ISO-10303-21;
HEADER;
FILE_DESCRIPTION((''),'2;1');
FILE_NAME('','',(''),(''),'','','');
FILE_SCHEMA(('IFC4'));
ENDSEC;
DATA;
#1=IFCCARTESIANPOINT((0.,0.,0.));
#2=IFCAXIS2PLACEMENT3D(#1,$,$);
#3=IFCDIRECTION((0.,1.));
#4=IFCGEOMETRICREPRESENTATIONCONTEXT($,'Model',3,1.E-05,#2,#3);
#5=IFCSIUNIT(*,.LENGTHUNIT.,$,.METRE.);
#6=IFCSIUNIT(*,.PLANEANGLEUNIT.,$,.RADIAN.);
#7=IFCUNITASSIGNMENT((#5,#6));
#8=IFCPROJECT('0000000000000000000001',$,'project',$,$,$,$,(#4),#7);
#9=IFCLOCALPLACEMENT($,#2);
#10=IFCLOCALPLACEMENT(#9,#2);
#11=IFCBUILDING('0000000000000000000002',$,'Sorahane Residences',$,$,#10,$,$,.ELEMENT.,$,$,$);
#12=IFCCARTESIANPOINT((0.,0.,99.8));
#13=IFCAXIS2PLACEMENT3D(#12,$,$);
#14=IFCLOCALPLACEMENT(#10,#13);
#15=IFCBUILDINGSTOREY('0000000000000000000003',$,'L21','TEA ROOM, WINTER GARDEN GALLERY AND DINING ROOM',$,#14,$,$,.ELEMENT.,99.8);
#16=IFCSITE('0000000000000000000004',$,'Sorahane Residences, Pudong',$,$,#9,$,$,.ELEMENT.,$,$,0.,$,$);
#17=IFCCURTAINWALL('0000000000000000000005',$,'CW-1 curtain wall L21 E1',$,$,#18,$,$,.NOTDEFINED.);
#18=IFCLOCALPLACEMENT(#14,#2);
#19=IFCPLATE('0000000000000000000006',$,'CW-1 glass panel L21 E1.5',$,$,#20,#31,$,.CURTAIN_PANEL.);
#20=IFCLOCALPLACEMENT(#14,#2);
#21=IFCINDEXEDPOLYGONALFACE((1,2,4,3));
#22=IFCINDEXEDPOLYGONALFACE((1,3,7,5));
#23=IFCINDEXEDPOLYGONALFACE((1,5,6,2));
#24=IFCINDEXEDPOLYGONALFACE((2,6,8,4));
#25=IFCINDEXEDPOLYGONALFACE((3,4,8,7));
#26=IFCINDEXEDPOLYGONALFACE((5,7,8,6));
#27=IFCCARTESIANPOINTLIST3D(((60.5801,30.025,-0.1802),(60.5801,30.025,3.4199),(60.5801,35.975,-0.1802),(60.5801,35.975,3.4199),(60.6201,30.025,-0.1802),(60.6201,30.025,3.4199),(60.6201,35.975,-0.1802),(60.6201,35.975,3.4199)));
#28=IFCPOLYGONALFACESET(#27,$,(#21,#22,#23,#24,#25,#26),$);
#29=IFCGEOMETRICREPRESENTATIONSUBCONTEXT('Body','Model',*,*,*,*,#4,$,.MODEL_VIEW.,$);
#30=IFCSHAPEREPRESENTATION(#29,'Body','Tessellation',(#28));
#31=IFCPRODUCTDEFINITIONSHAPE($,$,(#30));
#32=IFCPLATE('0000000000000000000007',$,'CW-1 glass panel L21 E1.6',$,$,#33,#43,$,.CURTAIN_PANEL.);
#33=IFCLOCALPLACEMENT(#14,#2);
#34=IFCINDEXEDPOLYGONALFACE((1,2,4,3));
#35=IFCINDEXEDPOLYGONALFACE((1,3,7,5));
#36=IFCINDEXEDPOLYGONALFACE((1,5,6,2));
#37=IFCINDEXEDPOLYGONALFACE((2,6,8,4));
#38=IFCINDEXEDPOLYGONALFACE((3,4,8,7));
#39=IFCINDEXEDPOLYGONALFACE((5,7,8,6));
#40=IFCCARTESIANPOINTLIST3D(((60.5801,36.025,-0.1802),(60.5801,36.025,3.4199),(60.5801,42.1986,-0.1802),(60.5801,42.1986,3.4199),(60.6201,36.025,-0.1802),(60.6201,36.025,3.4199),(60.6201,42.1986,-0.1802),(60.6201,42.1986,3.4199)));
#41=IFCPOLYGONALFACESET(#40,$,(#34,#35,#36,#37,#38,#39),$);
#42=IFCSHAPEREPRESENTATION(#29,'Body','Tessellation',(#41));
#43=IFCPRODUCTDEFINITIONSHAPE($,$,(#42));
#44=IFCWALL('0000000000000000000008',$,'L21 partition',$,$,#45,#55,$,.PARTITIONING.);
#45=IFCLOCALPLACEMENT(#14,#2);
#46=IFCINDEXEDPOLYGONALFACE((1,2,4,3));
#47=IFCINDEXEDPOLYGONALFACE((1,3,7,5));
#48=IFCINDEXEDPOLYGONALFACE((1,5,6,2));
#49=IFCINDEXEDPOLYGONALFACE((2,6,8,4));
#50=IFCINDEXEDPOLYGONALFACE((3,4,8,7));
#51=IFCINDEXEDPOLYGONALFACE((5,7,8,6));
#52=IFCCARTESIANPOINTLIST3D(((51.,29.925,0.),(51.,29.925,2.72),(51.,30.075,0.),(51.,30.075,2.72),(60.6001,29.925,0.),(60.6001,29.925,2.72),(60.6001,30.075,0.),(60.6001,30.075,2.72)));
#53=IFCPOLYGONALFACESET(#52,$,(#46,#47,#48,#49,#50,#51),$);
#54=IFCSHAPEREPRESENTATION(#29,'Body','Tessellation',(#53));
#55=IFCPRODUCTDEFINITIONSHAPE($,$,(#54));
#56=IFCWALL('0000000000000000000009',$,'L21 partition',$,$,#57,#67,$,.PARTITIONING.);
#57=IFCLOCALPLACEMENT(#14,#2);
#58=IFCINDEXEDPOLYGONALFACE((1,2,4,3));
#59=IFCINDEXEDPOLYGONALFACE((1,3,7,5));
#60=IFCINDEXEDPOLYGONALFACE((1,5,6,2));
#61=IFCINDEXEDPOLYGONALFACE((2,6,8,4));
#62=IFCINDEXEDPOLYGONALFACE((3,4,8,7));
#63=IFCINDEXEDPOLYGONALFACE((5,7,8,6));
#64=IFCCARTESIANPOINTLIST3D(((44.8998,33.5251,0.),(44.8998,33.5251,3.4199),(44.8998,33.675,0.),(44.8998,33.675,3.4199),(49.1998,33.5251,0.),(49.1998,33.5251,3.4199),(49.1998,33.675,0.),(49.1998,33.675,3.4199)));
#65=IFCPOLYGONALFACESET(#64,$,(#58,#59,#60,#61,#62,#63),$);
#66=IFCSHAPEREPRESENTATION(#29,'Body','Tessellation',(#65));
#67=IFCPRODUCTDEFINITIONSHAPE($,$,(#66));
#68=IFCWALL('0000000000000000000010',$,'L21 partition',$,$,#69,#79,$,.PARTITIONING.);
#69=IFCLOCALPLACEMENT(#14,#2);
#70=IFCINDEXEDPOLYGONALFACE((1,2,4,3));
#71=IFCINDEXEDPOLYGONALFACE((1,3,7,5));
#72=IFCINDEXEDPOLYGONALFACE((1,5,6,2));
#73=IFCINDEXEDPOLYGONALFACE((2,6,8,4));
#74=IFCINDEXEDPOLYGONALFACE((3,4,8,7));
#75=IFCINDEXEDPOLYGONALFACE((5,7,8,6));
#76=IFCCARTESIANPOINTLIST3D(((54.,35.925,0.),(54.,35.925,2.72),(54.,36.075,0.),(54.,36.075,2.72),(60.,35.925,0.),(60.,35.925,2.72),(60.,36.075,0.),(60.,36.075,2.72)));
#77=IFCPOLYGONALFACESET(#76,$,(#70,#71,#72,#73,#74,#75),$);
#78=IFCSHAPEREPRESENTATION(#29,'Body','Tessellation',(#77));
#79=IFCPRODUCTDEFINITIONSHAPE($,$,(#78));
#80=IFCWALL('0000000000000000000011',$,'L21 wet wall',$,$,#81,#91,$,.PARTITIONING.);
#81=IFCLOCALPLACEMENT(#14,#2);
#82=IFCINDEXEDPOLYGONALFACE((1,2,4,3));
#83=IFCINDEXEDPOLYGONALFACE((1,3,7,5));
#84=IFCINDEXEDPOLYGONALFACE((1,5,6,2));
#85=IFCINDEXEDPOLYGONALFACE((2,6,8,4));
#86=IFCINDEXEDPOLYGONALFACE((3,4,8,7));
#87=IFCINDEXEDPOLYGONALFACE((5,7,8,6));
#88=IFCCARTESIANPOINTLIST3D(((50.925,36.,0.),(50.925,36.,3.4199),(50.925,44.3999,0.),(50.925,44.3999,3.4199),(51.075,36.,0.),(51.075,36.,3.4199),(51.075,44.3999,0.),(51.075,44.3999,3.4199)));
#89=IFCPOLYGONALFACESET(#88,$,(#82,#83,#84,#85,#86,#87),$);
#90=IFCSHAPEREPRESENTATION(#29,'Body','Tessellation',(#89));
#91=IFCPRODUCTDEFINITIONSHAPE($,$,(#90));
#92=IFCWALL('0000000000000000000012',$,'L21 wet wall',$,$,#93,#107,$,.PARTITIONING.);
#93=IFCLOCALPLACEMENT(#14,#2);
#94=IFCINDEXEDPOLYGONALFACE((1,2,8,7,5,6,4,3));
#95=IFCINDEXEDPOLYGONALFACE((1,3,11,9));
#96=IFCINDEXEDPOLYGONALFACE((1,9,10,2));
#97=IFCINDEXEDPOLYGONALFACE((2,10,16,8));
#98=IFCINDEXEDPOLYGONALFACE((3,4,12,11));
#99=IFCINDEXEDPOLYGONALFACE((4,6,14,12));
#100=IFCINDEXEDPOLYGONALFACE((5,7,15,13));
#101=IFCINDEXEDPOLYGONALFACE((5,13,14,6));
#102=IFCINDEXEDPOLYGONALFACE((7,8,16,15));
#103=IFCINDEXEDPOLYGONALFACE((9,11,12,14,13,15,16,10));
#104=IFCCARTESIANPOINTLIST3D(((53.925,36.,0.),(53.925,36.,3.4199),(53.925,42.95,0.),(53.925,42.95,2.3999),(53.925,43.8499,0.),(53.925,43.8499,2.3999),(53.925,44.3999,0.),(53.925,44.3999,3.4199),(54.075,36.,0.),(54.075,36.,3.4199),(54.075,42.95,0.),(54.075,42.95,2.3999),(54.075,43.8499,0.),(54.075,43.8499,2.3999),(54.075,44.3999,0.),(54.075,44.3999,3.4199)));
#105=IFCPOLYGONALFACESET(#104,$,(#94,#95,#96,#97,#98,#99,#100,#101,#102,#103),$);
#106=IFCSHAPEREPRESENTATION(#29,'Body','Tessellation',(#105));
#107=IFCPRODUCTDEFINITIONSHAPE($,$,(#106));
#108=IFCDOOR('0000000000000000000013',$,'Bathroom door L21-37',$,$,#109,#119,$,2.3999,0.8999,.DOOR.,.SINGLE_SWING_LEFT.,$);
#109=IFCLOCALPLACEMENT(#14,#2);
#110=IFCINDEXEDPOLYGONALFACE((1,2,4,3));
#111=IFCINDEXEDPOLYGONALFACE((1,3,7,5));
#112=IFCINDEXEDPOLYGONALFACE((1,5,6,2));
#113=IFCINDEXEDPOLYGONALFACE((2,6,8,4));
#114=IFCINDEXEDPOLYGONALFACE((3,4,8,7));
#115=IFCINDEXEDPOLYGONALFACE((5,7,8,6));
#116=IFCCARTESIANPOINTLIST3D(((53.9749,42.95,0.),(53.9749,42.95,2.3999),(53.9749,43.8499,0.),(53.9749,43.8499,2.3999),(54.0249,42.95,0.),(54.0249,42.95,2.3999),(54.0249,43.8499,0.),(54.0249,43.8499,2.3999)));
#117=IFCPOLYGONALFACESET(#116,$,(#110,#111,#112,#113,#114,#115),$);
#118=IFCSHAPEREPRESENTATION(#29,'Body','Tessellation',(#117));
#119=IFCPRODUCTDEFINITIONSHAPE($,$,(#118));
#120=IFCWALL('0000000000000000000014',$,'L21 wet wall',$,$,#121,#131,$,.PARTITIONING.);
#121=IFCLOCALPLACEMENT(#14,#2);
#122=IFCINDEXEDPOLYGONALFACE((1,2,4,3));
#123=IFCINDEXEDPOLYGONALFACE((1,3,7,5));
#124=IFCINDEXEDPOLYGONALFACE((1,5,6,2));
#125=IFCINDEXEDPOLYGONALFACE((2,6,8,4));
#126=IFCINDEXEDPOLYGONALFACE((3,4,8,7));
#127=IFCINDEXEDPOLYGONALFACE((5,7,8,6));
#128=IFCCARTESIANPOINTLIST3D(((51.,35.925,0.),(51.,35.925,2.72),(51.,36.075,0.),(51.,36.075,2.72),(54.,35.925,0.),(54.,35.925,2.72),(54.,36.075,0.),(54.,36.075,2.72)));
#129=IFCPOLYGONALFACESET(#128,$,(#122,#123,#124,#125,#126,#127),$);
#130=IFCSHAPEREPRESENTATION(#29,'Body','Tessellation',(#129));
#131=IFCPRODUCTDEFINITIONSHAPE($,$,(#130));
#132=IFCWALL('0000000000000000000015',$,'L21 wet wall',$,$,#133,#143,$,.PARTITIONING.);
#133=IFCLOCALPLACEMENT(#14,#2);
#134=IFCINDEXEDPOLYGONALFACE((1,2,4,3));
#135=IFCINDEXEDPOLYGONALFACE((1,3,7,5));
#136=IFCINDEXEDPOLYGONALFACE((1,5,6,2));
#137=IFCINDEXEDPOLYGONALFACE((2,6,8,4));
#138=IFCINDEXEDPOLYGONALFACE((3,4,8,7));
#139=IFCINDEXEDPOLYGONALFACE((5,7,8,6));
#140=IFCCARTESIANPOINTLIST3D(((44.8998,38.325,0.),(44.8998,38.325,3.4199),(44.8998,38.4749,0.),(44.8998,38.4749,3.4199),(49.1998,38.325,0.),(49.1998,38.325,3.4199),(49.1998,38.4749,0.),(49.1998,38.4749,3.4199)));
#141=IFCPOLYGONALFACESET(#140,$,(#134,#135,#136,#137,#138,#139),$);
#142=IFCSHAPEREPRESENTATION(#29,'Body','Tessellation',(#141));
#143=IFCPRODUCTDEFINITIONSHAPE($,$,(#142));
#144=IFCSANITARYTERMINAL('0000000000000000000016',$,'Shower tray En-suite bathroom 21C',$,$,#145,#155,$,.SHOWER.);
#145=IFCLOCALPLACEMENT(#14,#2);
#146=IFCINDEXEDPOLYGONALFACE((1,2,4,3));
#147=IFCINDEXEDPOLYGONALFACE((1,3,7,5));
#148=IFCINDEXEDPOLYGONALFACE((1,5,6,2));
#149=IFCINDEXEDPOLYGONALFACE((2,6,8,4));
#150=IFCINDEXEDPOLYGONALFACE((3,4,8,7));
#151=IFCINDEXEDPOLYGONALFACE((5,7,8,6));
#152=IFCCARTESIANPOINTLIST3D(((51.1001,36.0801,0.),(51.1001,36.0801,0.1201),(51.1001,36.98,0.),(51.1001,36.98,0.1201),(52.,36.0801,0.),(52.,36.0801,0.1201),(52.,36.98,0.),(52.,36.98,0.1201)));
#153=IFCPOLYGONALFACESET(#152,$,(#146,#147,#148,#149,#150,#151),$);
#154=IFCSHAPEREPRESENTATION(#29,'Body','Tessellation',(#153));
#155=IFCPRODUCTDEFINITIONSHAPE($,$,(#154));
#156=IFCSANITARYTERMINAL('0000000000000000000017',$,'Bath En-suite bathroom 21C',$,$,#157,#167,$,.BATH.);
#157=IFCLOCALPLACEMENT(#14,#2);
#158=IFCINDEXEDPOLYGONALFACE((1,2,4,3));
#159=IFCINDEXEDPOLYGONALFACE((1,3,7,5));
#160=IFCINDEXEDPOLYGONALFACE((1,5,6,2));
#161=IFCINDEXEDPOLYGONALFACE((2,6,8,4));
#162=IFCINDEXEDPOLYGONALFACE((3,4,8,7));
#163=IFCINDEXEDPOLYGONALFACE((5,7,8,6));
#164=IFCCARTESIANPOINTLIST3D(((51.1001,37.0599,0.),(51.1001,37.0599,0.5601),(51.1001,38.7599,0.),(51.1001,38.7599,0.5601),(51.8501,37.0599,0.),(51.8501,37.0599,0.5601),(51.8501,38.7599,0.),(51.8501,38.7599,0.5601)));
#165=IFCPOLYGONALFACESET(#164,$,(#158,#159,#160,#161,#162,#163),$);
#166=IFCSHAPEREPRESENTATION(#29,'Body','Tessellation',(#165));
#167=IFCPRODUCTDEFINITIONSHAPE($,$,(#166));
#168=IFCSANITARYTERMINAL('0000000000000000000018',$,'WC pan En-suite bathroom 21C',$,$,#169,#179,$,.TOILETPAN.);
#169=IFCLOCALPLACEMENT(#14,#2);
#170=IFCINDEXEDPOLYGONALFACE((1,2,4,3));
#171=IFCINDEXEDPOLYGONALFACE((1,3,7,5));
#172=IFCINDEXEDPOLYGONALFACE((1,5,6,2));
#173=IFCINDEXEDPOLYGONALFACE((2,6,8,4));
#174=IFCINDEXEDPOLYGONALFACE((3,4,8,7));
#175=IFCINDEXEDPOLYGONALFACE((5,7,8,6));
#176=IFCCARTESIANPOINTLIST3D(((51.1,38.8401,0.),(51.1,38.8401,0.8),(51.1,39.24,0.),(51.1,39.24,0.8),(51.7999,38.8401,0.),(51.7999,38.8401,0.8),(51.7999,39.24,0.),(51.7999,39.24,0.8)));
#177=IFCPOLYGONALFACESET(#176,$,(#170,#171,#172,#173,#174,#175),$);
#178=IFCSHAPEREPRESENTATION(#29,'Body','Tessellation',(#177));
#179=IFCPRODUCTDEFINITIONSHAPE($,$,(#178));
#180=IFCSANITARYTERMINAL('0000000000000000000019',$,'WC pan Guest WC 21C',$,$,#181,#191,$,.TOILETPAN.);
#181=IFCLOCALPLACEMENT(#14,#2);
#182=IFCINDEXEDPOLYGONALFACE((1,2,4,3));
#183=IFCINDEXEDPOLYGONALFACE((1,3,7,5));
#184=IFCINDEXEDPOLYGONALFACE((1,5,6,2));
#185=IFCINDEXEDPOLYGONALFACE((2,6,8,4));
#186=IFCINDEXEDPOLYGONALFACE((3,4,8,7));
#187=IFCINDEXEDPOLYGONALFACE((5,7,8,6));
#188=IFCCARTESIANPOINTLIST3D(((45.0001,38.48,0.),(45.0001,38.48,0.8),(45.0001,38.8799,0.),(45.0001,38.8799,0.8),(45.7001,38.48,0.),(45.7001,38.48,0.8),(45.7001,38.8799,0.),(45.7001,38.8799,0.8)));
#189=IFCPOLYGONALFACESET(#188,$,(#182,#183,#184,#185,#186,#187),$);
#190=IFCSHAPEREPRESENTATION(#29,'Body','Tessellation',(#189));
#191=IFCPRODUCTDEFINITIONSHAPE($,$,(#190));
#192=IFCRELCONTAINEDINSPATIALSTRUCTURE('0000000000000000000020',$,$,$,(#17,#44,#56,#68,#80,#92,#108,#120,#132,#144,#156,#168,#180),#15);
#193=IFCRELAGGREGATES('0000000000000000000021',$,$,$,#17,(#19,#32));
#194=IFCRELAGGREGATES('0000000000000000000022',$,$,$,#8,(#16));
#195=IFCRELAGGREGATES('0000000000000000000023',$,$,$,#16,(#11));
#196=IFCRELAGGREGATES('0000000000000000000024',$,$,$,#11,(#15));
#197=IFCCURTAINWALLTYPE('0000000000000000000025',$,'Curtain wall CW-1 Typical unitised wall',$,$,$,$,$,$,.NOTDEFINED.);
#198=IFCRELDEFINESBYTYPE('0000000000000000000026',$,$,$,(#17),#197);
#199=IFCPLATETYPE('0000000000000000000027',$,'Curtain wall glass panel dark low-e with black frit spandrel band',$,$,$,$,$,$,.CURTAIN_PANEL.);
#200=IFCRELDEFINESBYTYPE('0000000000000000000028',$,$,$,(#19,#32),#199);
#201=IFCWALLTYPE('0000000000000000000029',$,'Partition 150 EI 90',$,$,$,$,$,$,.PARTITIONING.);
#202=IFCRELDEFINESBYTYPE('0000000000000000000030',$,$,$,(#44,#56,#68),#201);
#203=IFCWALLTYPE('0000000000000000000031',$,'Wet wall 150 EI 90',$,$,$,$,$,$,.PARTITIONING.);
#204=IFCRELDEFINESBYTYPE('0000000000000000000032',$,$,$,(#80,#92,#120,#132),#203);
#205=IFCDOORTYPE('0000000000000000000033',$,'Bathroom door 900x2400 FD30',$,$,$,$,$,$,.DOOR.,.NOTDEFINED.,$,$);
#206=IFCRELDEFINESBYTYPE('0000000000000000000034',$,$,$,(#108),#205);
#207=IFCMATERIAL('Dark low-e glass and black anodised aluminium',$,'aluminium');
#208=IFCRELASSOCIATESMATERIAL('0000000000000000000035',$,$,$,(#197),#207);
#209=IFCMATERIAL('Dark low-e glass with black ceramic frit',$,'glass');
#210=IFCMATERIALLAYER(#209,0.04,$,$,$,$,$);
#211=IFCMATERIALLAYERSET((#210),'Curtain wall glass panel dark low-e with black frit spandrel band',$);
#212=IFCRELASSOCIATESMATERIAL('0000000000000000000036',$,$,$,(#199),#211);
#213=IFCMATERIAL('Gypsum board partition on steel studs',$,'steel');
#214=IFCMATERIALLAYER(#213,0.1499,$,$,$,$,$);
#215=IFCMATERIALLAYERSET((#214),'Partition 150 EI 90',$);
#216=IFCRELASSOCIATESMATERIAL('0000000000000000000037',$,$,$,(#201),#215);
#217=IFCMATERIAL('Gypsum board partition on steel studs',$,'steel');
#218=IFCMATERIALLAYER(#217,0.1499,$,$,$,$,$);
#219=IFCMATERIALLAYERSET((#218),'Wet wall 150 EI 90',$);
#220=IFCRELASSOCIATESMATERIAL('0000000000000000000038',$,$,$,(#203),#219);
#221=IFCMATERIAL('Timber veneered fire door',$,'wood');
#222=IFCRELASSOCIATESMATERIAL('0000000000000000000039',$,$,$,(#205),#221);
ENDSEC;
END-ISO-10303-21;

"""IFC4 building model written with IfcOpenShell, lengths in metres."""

from ifc_helpers import new_model, si_unit, direction, frame, frame_2d, origin, origin_2d, place, context, subcontext, project, spatial, rectangle, extrude, material, layer, layer_set, type_object, element, fill, aggregate, save


model = new_model("IFC4")

# Units and contexts
model_context = context("Model", 3, precision=1e-05, world=origin(), true_north=direction((0.0, 1.0)))
body_context = subcontext(model_context, "Body", "Model", "MODEL_VIEW")
ifc_project = project(units=[si_unit("LENGTHUNIT", "METRE"), si_unit("PLANEANGLEUNIT", "RADIAN")], contexts=[model_context])

# Site, building, storey
site_placement = place(None, origin())
site = spatial("IfcSite", under=ifc_project, at=site_placement, Name="Sorahane Residences, Pudong", CompositionType="ELEMENT", RefElevation=0.0)
building_placement = place(site_placement, origin())
building = spatial("IfcBuilding", under=site, at=building_placement, Name="Sorahane Residences", CompositionType="ELEMENT")
storey_placement = place(building_placement, frame((0.0, 0.0, 99.8)))
storey = spatial("IfcBuildingStorey", under=building, at=storey_placement, Name="L21", Description="TEA ROOM, WINTER GARDEN GALLERY AND DINING ROOM", CompositionType="ELEMENT", Elevation=99.8)

# Curtain wall
ifc_material_1 = material(Name="Dark low-e glass and black anodised aluminium", Category="aluminium")
curtain_wall_type = type_object("IfcCurtainWallType", Name="Curtain wall CW-1 Typical unitised wall", PredefinedType="NOTDEFINED", material=ifc_material_1)
curtain_wall_placement = place(storey_placement, origin())
curtain_wall = element("IfcCurtainWall", 1, at=curtain_wall_placement, inside=storey, type_object=curtain_wall_type, Name="CW-1 curtain wall L21 E1", PredefinedType="NOTDEFINED")

# Plates
ifc_material_2 = material(Name="Dark low-e glass with black ceramic frit", Category="glass")
ifc_layer_1 = layer(ifc_material_2, 0.04)
ifc_layer_set_1 = layer_set([ifc_layer_1], Name="Curtain wall glass panel dark low-e with black frit spandrel band")
plate_type = type_object("IfcPlateType", Name="Curtain wall glass panel dark low-e with black frit spandrel band", PredefinedType="CURTAIN_PANEL", material=ifc_layer_set_1)
plate_1_placement = place(storey_placement, frame((60.6001, 33.0, -0.1802), z_axis=(0.0, 0.0, 1.0), x_axis=(0.0, 1.0, 0.0)))
plate_1 = element("IfcPlate", 2, at=plate_1_placement, type_object=plate_type, Name="CW-1 glass panel L21 E1.5", PredefinedType="CURTAIN_PANEL", context=body_context, shape_type="SweptSolid", body=[
    extrude(rectangle(XDim=5.95, YDim=0.04, at=origin_2d()), origin(), (0.0, 0.0, 1.0), 3.6001),
])
plate_2_placement = place(storey_placement, frame((60.6001, 39.1118, -0.1802), z_axis=(0.0, 0.0, 1.0), x_axis=(0.0, 1.0, 0.0)))
plate_2 = element("IfcPlate", 3, at=plate_2_placement, type_object=plate_type, Name="CW-1 glass panel L21 E1.6", PredefinedType="CURTAIN_PANEL", context=body_context, shape_type="SweptSolid", body=[
    extrude(rectangle(XDim=6.1736, YDim=0.04, at=origin_2d()), origin(), (0.0, 0.0, 1.0), 3.6001),
])
aggregate(curtain_wall, [plate_1, plate_2])

# Walls
ifc_material_3 = material(Name="Gypsum board partition on steel studs", Category="steel")
ifc_layer_2 = layer(ifc_material_3, 0.1499)
ifc_layer_set_2 = layer_set([ifc_layer_2], Name="Partition 150 EI 90")
wall_type_1 = type_object("IfcWallType", Name="Partition 150 EI 90", PredefinedType="PARTITIONING", material=ifc_layer_set_2)
wall_1_placement = place(storey_placement, frame((51.0, 30.0, 0.0), z_axis=(0.0, 0.0, 1.0), x_axis=(1.0, 0.0, 0.0)))
element("IfcWall", 4, at=wall_1_placement, inside=storey, type_object=wall_type_1, Name="L21 partition", PredefinedType="PARTITIONING", context=body_context, shape_type="SweptSolid", body=[
    extrude(rectangle(XDim=9.6001, YDim=0.1499, at=frame_2d((4.8, 0.0))), origin(), (0.0, 0.0, 1.0), 2.72),
])
wall_2_placement = place(storey_placement, frame((44.8999, 33.6001, 0.0), z_axis=(0.0, 0.0, 1.0), x_axis=(1.0, 0.0, 0.0)))
element("IfcWall", 5, at=wall_2_placement, inside=storey, type_object=wall_type_1, Name="L21 partition", PredefinedType="PARTITIONING", context=body_context, shape_type="SweptSolid", body=[
    extrude(rectangle(XDim=4.3, YDim=0.1499, at=frame_2d((2.1499, 0.0))), origin(), (0.0, 0.0, 1.0), 3.4199),
])
wall_3_placement = place(storey_placement, frame((54.0, 36.0, 0.0), z_axis=(0.0, 0.0, 1.0), x_axis=(1.0, 0.0, 0.0)))
element("IfcWall", 6, at=wall_3_placement, inside=storey, type_object=wall_type_1, Name="L21 partition", PredefinedType="PARTITIONING", context=body_context, shape_type="SweptSolid", body=[
    extrude(rectangle(XDim=6.0, YDim=0.1499, at=frame_2d((3.0, 0.0))), origin(), (0.0, 0.0, 1.0), 2.72),
])

# Shared definitions
ifc_material_4 = material(Name="Gypsum board partition on steel studs", Category="steel")
ifc_layer_3 = layer(ifc_material_4, 0.1499)
ifc_layer_set_3 = layer_set([ifc_layer_3], Name="Wet wall 150 EI 90")
wall_type_2 = type_object("IfcWallType", Name="Wet wall 150 EI 90", PredefinedType="PARTITIONING", material=ifc_layer_set_3)
ifc_material_5 = material(Name="Timber veneered fire door", Category="wood")
door_type = type_object("IfcDoorType", Name="Bathroom door 900x2400 FD30", OperationType="NOTDEFINED", PredefinedType="DOOR", material=ifc_material_5)

# Wall
wall_4_placement = place(storey_placement, frame((51.0, 36.0, 0.0), z_axis=(0.0, 0.0, 1.0), x_axis=(0.0, 1.0, 0.0)))
element("IfcWall", 7, at=wall_4_placement, inside=storey, type_object=wall_type_2, Name="L21 wet wall", PredefinedType="PARTITIONING", context=body_context, shape_type="SweptSolid", body=[
    extrude(rectangle(XDim=8.3999, YDim=0.1499, at=frame_2d((4.2, 0.0))), origin(), (0.0, 0.0, 1.0), 3.4199),
])

# Wall, opening, door
wall_5_placement = place(storey_placement, frame((54.0, 36.0, 0.0), z_axis=(0.0, 0.0, 1.0), x_axis=(0.0, 1.0, 0.0)))
wall_5 = element("IfcWall", 8, at=wall_5_placement, inside=storey, type_object=wall_type_2, Name="L21 wet wall", PredefinedType="PARTITIONING", context=body_context, shape_type="SweptSolid", body=[
    extrude(rectangle(XDim=8.3999, YDim=0.1499, at=frame_2d((4.2, 0.0))), origin(), (0.0, 0.0, 1.0), 3.4199),
])
opening_1_placement = place(wall_5_placement, frame((6.95, 0.0, 0.0)))
opening_1 = element("IfcOpeningElement", 9, at=opening_1_placement, cuts=wall_5, PredefinedType="OPENING", context=body_context, shape_type="SweptSolid", body=[
    extrude(rectangle(XDim=0.8999, YDim=2.3999, at=frame_2d((0.45, 1.2))), frame((0.0, 0.085, 0.0), z_axis=(0.0, -1.0, 0.0), x_axis=(1.0, 0.0, 0.0)), (0.0, 0.0, 1.0), 0.1699),
])
door_1_placement = place(opening_1_placement, frame((0.8999, 0.0, 0.0), z_axis=(0.0, 0.0, 1.0), x_axis=(-1.0, 0.0, 0.0)))
door_1 = element("IfcDoor", 10, at=door_1_placement, inside=storey, type_object=door_type, Name="Bathroom door L21-37", OperationType="SINGLE_SWING_LEFT", OverallHeight=2.3999, OverallWidth=0.8999, PredefinedType="DOOR", context=body_context, shape_type="SweptSolid", body=[
    extrude(rectangle(XDim=0.8999, YDim=2.3999, at=frame_2d((0.45, 1.2))), frame((0.0, 0.0249, 0.0), z_axis=(0.0, -1.0, 0.0), x_axis=(1.0, 0.0, 0.0)), (0.0, 0.0, 1.0), 0.05),
])
fill(opening_1, door_1)

# Walls
wall_6_placement = place(storey_placement, frame((51.0, 36.0, 0.0), z_axis=(0.0, 0.0, 1.0), x_axis=(1.0, 0.0, 0.0)))
element("IfcWall", 11, at=wall_6_placement, inside=storey, type_object=wall_type_2, Name="L21 wet wall", PredefinedType="PARTITIONING", context=body_context, shape_type="SweptSolid", body=[
    extrude(rectangle(XDim=3.0, YDim=0.1499, at=frame_2d((1.5, 0.0))), origin(), (0.0, 0.0, 1.0), 2.72),
])
wall_7_placement = place(storey_placement, frame((44.8999, 38.3999, 0.0), z_axis=(0.0, 0.0, 1.0), x_axis=(1.0, 0.0, 0.0)))
element("IfcWall", 12, at=wall_7_placement, inside=storey, type_object=wall_type_2, Name="L21 wet wall", PredefinedType="PARTITIONING", context=body_context, shape_type="SweptSolid", body=[
    extrude(rectangle(XDim=4.3, YDim=0.1499, at=frame_2d((2.1499, 0.0))), origin(), (0.0, 0.0, 1.0), 3.4199),
])

# Sanitary terminals
sanitary_terminal_1_placement = place(storey_placement, frame((51.55, 36.53, 0.0), z_axis=(0.0, 0.0, 1.0), x_axis=(0.0, 1.0, 0.0)))
element("IfcSanitaryTerminal", 13, at=sanitary_terminal_1_placement, inside=storey, Name="Shower tray En-suite bathroom 21C", PredefinedType="SHOWER", context=body_context, shape_type="SweptSolid", body=[
    extrude(rectangle(XDim=0.8999, YDim=0.8999, at=origin_2d()), origin(), (0.0, 0.0, 1.0), 0.1201),
])
sanitary_terminal_2_placement = place(storey_placement, frame((51.4751, 37.9099, 0.0), z_axis=(0.0, 0.0, 1.0), x_axis=(0.0, 1.0, 0.0)))
element("IfcSanitaryTerminal", 14, at=sanitary_terminal_2_placement, inside=storey, Name="Bath En-suite bathroom 21C", PredefinedType="BATH", context=body_context, shape_type="SweptSolid", body=[
    extrude(rectangle(XDim=1.7, YDim=0.75, at=origin_2d()), origin(), (0.0, 0.0, 1.0), 0.5601),
])
for number, where, z_axis, x_axis, name in (
    (15, (51.45, 39.04, 0.0), (0.0, 0.0, 1.0), (0.0, 1.0, 0.0), "WC pan En-suite bathroom 21C"),
    (16, (45.3501, 38.6799, 0.0), (0.0, 0.0, 1.0), (0.0, 1.0, 0.0), "WC pan Guest WC 21C"),
):
    element("IfcSanitaryTerminal", number, at=place(storey_placement, frame(where, z_axis=z_axis, x_axis=x_axis)), inside=storey, Name=name, PredefinedType="TOILETPAN", context=body_context, shape_type="SweptSolid", body=[
        extrude(rectangle(XDim=0.3999, YDim=0.7, at=origin_2d()), origin(), (0.0, 0.0, 1.0), 0.8),
    ])

save(model, "model.ifc")
